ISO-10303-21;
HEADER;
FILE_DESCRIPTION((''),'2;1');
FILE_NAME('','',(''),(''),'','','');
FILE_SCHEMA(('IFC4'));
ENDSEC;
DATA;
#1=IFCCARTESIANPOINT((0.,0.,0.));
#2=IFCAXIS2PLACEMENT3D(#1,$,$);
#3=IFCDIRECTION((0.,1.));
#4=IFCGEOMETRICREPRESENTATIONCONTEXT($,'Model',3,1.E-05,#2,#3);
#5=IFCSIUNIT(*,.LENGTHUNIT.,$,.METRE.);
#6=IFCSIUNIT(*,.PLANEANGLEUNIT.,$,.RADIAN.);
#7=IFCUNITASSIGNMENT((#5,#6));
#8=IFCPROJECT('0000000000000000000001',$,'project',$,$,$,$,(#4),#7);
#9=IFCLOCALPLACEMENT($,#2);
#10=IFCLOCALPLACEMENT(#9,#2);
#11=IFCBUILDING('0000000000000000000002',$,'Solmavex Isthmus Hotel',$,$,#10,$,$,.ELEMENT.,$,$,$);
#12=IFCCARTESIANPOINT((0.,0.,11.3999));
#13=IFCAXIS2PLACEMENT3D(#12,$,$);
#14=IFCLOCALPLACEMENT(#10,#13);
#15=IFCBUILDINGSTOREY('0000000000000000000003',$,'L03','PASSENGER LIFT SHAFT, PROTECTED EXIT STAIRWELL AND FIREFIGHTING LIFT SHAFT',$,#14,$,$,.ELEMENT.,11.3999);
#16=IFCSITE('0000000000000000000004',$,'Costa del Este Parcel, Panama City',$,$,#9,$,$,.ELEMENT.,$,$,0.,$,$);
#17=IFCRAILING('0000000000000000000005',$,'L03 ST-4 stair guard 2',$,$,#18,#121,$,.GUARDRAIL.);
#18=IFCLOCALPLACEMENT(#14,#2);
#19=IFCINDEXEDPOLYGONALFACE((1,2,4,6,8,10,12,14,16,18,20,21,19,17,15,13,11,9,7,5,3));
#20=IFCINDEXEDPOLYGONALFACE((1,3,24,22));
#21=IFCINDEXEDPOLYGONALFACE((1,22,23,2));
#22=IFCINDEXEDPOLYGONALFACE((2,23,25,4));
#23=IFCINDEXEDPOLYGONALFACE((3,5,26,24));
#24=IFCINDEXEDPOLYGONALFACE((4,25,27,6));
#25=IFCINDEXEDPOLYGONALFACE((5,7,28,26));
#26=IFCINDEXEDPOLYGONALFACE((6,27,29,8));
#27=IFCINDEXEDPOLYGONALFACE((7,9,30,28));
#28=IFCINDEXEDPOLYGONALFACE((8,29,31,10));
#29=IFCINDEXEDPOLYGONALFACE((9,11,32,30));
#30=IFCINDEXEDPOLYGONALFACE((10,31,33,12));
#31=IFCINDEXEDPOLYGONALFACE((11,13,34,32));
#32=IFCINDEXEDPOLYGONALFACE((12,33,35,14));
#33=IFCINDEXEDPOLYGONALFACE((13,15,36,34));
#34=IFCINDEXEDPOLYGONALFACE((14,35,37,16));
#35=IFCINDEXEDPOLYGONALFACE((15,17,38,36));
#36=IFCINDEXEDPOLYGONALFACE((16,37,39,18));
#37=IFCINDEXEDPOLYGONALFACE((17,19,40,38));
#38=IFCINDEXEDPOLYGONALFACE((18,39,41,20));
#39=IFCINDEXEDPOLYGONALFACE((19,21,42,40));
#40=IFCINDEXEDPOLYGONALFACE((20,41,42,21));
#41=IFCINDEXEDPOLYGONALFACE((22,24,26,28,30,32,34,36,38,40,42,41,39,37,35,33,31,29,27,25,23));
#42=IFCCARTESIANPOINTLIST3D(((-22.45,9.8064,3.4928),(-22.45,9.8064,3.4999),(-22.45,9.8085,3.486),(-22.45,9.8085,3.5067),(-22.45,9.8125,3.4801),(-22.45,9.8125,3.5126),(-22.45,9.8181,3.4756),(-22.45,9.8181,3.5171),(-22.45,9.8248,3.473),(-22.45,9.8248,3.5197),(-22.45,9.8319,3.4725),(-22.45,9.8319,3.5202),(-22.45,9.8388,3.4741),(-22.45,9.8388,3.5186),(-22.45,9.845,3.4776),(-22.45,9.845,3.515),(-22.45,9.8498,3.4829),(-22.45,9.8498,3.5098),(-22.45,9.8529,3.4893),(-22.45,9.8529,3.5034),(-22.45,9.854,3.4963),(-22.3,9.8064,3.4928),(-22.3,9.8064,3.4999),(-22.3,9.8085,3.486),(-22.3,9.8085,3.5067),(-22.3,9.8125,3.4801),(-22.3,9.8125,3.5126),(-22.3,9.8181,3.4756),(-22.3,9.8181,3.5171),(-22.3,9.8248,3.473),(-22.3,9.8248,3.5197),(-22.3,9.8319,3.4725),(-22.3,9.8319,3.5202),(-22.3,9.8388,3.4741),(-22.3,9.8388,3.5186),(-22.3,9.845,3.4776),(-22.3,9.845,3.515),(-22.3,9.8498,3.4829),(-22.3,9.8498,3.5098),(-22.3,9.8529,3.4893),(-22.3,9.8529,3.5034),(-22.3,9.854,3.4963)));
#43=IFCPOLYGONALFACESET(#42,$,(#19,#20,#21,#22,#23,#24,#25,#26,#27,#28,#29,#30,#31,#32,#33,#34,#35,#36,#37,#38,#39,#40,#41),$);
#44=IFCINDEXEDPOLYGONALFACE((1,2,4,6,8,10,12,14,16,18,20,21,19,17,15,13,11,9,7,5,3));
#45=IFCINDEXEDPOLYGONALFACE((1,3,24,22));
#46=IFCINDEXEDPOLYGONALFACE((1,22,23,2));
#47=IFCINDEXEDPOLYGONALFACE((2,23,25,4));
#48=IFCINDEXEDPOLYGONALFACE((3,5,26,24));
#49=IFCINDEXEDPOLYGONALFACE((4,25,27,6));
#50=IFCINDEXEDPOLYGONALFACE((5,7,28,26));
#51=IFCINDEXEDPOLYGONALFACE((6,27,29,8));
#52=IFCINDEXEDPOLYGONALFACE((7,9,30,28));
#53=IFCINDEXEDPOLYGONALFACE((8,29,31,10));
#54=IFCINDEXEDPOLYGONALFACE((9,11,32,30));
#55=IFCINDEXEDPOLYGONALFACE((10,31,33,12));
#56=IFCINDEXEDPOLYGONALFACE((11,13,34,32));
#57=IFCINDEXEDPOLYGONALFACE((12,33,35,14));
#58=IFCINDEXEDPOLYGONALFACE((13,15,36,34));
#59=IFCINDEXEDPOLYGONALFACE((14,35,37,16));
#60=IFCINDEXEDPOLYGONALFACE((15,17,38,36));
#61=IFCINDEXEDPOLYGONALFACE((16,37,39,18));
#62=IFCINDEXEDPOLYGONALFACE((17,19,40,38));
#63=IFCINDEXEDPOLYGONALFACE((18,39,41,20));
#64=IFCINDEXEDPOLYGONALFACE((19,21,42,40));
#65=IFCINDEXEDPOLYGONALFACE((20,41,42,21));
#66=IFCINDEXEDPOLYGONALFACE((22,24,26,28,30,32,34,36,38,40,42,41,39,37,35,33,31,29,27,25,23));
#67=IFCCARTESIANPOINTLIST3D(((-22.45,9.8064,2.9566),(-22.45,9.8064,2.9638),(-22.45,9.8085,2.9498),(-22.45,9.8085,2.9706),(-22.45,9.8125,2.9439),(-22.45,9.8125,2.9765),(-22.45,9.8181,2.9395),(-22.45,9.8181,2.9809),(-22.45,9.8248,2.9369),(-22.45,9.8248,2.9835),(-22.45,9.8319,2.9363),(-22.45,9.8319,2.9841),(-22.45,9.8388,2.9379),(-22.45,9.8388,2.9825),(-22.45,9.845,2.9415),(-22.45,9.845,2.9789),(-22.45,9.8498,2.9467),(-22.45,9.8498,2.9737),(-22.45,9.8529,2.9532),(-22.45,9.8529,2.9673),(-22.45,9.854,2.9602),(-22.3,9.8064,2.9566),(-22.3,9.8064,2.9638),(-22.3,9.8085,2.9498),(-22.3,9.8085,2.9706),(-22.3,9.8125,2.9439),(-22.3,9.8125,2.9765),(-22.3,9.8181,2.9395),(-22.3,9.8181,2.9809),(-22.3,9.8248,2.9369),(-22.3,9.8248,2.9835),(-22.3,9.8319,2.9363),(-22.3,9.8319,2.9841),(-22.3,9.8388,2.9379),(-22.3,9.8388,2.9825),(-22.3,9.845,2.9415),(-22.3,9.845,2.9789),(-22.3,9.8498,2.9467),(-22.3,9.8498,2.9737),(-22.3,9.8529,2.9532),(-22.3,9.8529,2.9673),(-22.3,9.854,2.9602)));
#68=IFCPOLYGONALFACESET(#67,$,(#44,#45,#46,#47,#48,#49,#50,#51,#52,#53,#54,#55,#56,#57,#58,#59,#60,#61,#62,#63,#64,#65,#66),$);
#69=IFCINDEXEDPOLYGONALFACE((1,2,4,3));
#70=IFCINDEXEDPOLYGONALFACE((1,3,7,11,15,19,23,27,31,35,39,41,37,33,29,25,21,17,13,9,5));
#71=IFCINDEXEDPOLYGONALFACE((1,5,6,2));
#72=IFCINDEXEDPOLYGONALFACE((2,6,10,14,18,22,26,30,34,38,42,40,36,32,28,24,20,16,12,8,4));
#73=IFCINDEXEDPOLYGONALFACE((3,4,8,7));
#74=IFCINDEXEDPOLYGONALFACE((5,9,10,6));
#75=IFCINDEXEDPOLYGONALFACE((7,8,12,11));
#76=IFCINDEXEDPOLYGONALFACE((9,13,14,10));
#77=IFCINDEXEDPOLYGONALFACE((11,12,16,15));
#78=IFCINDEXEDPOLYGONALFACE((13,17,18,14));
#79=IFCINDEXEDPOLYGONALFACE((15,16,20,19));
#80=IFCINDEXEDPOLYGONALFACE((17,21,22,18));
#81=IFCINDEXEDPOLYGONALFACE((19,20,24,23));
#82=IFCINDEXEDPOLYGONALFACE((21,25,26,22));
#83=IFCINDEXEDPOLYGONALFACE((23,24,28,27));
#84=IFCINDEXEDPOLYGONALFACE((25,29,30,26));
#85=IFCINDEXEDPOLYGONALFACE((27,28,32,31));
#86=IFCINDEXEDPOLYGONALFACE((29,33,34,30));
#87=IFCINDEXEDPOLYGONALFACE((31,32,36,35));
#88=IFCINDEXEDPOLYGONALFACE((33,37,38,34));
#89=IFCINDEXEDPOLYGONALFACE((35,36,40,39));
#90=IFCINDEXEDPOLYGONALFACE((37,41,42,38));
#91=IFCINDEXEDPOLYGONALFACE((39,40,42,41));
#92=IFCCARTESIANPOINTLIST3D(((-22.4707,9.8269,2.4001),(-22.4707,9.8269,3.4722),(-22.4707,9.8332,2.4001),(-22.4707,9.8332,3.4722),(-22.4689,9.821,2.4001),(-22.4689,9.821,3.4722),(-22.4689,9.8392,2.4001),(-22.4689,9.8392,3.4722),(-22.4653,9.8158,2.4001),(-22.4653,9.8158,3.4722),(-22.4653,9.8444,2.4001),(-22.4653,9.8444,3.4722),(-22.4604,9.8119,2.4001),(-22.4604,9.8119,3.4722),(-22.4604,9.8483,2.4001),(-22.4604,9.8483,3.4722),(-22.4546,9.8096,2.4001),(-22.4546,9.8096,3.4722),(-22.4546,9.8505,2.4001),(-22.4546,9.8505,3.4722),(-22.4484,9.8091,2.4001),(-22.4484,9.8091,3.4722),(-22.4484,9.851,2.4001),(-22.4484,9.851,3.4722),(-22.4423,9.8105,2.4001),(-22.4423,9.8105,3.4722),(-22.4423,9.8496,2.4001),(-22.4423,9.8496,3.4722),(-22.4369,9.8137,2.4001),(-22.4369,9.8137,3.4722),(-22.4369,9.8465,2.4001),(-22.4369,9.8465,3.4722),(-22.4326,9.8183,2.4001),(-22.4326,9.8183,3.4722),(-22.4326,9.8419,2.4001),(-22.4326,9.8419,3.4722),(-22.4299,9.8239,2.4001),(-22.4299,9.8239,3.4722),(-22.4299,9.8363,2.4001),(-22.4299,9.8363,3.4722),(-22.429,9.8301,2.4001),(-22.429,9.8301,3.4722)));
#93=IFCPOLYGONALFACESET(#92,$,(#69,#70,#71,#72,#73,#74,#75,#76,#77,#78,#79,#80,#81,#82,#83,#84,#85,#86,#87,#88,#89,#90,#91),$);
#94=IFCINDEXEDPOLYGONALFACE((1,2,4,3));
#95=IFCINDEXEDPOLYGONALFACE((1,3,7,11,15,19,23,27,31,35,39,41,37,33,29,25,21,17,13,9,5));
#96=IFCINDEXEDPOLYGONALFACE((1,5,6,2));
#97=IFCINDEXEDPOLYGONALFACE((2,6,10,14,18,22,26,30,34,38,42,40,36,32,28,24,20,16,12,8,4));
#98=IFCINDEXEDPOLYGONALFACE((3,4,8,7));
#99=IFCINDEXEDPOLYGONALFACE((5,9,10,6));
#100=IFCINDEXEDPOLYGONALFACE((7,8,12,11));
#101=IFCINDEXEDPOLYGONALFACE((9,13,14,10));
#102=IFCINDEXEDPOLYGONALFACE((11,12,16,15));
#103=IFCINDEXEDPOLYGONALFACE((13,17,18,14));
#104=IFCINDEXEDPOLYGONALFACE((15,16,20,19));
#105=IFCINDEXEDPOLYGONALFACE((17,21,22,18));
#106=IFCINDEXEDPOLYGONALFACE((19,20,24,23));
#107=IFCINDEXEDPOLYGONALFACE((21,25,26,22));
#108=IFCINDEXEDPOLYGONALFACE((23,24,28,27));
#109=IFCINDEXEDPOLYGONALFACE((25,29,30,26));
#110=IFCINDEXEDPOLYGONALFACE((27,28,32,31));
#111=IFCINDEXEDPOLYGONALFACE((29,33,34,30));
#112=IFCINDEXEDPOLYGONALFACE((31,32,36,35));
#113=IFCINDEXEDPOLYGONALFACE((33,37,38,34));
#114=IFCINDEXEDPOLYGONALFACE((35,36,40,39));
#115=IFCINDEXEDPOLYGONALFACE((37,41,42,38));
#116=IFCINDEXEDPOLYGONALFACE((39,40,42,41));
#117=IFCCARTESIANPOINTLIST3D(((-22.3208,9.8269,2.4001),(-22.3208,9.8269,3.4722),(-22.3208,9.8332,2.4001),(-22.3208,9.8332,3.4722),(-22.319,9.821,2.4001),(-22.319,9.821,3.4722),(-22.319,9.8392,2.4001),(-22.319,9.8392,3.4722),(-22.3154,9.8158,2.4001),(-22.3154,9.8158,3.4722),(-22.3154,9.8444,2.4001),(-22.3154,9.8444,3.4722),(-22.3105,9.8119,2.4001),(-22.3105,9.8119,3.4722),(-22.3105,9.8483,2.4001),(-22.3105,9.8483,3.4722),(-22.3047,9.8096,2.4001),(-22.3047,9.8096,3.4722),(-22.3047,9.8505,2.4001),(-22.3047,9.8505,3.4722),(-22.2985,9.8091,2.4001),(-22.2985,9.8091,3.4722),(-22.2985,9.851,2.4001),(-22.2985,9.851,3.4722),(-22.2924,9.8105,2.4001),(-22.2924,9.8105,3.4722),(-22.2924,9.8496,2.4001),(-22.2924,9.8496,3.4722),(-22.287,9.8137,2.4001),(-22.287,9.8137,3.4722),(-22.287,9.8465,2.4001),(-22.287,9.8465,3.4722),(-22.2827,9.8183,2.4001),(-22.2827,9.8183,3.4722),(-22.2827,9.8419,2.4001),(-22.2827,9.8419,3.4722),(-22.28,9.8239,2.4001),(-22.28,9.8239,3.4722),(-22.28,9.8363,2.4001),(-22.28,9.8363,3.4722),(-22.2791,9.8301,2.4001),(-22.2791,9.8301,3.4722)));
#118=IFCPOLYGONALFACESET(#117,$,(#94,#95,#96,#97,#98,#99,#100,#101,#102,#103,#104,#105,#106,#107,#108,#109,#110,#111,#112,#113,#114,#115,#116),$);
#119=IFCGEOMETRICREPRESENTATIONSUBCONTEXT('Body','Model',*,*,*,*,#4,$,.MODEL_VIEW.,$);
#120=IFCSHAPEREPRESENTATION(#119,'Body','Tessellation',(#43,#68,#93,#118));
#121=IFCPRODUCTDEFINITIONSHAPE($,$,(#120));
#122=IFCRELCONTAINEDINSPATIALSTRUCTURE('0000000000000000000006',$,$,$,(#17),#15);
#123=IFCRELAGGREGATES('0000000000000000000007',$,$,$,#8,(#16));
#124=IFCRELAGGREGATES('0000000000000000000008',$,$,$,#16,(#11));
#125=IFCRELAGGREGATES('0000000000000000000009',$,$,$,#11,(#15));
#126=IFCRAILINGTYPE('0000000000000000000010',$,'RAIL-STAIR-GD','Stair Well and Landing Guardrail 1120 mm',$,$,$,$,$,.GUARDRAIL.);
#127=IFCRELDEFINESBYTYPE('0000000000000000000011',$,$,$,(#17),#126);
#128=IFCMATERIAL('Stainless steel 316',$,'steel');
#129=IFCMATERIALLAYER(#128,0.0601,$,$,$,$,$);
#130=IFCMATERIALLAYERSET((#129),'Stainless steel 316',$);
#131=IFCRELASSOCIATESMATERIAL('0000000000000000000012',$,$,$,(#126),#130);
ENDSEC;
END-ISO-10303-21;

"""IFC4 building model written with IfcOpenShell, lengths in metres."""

from ifc_helpers import new_model, si_unit, direction, frame, origin, origin_2d, place, context, subcontext, project, spatial, circle, extrude, material, layer, layer_set, type_object, element, save


model = new_model("IFC4")

# Units and contexts
model_context = context("Model", 3, precision=1e-05, world=origin(), true_north=direction((0.0, 1.0)))
body_context = subcontext(model_context, "Body", "Model", "MODEL_VIEW")
ifc_project = project(units=[si_unit("LENGTHUNIT", "METRE"), si_unit("PLANEANGLEUNIT", "RADIAN")], contexts=[model_context])

# Site, building, storey
site_placement = place(None, origin())
site = spatial("IfcSite", under=ifc_project, at=site_placement, Name="Costa del Este Parcel, Panama City", CompositionType="ELEMENT", RefElevation=0.0)
building_placement = place(site_placement, origin())
building = spatial("IfcBuilding", under=site, at=building_placement, Name="Solmavex Isthmus Hotel", CompositionType="ELEMENT")
storey_placement = place(building_placement, frame((0.0, 0.0, 11.3999)))
storey = spatial("IfcBuildingStorey", under=building, at=storey_placement, Name="L03", Description="PASSENGER LIFT SHAFT, PROTECTED EXIT STAIRWELL AND FIREFIGHTING LIFT SHAFT", CompositionType="ELEMENT", Elevation=11.3999)

# Railing
ifc_material_1 = material(Name="Stainless steel 316", Category="steel")
ifc_layer_1 = layer(ifc_material_1, 0.0601)
ifc_layer_set_1 = layer_set([ifc_layer_1], Name="Stainless steel 316")
railing_type_1 = type_object("IfcRailingType", Name="RAIL-STAIR-GD", Description="Stair Well and Landing Guardrail 1120 mm", PredefinedType="GUARDRAIL", material=ifc_layer_set_1)
railing_1_placement = place(storey_placement, frame((-22.45, 9.8301, 2.4001)))
element("IfcRailing", 1, at=railing_1_placement, inside=storey, type_object=railing_type_1, Name="L03 ST-4 stair guard 2", PredefinedType="GUARDRAIL", context=body_context, shape_type="SweptSolid", body=[
    extrude(circle(Radius=0.0239, at=origin_2d()), frame((0.0, 0.0, 1.0962), z_axis=(1.0, 0.0, 0.0), x_axis=(0.0, 1.0, 0.0)), (0.0, 0.0, 1.0), 0.1499),
    extrude(circle(Radius=0.0239, at=origin_2d()), frame((0.0, 0.0, 0.5601), z_axis=(1.0, 0.0, 0.0), x_axis=(0.0, 1.0, 0.0)), (0.0, 0.0, 1.0), 0.1499),
    extrude(circle(Radius=0.021, at=origin_2d()), origin(), (0.0, 0.0, 1.0), 1.072),
    extrude(circle(Radius=0.021, at=origin_2d()), frame((0.1499, 0.0, 0.0)), (0.0, 0.0, 1.0), 1.072),
])

save(model, "model.ifc")
